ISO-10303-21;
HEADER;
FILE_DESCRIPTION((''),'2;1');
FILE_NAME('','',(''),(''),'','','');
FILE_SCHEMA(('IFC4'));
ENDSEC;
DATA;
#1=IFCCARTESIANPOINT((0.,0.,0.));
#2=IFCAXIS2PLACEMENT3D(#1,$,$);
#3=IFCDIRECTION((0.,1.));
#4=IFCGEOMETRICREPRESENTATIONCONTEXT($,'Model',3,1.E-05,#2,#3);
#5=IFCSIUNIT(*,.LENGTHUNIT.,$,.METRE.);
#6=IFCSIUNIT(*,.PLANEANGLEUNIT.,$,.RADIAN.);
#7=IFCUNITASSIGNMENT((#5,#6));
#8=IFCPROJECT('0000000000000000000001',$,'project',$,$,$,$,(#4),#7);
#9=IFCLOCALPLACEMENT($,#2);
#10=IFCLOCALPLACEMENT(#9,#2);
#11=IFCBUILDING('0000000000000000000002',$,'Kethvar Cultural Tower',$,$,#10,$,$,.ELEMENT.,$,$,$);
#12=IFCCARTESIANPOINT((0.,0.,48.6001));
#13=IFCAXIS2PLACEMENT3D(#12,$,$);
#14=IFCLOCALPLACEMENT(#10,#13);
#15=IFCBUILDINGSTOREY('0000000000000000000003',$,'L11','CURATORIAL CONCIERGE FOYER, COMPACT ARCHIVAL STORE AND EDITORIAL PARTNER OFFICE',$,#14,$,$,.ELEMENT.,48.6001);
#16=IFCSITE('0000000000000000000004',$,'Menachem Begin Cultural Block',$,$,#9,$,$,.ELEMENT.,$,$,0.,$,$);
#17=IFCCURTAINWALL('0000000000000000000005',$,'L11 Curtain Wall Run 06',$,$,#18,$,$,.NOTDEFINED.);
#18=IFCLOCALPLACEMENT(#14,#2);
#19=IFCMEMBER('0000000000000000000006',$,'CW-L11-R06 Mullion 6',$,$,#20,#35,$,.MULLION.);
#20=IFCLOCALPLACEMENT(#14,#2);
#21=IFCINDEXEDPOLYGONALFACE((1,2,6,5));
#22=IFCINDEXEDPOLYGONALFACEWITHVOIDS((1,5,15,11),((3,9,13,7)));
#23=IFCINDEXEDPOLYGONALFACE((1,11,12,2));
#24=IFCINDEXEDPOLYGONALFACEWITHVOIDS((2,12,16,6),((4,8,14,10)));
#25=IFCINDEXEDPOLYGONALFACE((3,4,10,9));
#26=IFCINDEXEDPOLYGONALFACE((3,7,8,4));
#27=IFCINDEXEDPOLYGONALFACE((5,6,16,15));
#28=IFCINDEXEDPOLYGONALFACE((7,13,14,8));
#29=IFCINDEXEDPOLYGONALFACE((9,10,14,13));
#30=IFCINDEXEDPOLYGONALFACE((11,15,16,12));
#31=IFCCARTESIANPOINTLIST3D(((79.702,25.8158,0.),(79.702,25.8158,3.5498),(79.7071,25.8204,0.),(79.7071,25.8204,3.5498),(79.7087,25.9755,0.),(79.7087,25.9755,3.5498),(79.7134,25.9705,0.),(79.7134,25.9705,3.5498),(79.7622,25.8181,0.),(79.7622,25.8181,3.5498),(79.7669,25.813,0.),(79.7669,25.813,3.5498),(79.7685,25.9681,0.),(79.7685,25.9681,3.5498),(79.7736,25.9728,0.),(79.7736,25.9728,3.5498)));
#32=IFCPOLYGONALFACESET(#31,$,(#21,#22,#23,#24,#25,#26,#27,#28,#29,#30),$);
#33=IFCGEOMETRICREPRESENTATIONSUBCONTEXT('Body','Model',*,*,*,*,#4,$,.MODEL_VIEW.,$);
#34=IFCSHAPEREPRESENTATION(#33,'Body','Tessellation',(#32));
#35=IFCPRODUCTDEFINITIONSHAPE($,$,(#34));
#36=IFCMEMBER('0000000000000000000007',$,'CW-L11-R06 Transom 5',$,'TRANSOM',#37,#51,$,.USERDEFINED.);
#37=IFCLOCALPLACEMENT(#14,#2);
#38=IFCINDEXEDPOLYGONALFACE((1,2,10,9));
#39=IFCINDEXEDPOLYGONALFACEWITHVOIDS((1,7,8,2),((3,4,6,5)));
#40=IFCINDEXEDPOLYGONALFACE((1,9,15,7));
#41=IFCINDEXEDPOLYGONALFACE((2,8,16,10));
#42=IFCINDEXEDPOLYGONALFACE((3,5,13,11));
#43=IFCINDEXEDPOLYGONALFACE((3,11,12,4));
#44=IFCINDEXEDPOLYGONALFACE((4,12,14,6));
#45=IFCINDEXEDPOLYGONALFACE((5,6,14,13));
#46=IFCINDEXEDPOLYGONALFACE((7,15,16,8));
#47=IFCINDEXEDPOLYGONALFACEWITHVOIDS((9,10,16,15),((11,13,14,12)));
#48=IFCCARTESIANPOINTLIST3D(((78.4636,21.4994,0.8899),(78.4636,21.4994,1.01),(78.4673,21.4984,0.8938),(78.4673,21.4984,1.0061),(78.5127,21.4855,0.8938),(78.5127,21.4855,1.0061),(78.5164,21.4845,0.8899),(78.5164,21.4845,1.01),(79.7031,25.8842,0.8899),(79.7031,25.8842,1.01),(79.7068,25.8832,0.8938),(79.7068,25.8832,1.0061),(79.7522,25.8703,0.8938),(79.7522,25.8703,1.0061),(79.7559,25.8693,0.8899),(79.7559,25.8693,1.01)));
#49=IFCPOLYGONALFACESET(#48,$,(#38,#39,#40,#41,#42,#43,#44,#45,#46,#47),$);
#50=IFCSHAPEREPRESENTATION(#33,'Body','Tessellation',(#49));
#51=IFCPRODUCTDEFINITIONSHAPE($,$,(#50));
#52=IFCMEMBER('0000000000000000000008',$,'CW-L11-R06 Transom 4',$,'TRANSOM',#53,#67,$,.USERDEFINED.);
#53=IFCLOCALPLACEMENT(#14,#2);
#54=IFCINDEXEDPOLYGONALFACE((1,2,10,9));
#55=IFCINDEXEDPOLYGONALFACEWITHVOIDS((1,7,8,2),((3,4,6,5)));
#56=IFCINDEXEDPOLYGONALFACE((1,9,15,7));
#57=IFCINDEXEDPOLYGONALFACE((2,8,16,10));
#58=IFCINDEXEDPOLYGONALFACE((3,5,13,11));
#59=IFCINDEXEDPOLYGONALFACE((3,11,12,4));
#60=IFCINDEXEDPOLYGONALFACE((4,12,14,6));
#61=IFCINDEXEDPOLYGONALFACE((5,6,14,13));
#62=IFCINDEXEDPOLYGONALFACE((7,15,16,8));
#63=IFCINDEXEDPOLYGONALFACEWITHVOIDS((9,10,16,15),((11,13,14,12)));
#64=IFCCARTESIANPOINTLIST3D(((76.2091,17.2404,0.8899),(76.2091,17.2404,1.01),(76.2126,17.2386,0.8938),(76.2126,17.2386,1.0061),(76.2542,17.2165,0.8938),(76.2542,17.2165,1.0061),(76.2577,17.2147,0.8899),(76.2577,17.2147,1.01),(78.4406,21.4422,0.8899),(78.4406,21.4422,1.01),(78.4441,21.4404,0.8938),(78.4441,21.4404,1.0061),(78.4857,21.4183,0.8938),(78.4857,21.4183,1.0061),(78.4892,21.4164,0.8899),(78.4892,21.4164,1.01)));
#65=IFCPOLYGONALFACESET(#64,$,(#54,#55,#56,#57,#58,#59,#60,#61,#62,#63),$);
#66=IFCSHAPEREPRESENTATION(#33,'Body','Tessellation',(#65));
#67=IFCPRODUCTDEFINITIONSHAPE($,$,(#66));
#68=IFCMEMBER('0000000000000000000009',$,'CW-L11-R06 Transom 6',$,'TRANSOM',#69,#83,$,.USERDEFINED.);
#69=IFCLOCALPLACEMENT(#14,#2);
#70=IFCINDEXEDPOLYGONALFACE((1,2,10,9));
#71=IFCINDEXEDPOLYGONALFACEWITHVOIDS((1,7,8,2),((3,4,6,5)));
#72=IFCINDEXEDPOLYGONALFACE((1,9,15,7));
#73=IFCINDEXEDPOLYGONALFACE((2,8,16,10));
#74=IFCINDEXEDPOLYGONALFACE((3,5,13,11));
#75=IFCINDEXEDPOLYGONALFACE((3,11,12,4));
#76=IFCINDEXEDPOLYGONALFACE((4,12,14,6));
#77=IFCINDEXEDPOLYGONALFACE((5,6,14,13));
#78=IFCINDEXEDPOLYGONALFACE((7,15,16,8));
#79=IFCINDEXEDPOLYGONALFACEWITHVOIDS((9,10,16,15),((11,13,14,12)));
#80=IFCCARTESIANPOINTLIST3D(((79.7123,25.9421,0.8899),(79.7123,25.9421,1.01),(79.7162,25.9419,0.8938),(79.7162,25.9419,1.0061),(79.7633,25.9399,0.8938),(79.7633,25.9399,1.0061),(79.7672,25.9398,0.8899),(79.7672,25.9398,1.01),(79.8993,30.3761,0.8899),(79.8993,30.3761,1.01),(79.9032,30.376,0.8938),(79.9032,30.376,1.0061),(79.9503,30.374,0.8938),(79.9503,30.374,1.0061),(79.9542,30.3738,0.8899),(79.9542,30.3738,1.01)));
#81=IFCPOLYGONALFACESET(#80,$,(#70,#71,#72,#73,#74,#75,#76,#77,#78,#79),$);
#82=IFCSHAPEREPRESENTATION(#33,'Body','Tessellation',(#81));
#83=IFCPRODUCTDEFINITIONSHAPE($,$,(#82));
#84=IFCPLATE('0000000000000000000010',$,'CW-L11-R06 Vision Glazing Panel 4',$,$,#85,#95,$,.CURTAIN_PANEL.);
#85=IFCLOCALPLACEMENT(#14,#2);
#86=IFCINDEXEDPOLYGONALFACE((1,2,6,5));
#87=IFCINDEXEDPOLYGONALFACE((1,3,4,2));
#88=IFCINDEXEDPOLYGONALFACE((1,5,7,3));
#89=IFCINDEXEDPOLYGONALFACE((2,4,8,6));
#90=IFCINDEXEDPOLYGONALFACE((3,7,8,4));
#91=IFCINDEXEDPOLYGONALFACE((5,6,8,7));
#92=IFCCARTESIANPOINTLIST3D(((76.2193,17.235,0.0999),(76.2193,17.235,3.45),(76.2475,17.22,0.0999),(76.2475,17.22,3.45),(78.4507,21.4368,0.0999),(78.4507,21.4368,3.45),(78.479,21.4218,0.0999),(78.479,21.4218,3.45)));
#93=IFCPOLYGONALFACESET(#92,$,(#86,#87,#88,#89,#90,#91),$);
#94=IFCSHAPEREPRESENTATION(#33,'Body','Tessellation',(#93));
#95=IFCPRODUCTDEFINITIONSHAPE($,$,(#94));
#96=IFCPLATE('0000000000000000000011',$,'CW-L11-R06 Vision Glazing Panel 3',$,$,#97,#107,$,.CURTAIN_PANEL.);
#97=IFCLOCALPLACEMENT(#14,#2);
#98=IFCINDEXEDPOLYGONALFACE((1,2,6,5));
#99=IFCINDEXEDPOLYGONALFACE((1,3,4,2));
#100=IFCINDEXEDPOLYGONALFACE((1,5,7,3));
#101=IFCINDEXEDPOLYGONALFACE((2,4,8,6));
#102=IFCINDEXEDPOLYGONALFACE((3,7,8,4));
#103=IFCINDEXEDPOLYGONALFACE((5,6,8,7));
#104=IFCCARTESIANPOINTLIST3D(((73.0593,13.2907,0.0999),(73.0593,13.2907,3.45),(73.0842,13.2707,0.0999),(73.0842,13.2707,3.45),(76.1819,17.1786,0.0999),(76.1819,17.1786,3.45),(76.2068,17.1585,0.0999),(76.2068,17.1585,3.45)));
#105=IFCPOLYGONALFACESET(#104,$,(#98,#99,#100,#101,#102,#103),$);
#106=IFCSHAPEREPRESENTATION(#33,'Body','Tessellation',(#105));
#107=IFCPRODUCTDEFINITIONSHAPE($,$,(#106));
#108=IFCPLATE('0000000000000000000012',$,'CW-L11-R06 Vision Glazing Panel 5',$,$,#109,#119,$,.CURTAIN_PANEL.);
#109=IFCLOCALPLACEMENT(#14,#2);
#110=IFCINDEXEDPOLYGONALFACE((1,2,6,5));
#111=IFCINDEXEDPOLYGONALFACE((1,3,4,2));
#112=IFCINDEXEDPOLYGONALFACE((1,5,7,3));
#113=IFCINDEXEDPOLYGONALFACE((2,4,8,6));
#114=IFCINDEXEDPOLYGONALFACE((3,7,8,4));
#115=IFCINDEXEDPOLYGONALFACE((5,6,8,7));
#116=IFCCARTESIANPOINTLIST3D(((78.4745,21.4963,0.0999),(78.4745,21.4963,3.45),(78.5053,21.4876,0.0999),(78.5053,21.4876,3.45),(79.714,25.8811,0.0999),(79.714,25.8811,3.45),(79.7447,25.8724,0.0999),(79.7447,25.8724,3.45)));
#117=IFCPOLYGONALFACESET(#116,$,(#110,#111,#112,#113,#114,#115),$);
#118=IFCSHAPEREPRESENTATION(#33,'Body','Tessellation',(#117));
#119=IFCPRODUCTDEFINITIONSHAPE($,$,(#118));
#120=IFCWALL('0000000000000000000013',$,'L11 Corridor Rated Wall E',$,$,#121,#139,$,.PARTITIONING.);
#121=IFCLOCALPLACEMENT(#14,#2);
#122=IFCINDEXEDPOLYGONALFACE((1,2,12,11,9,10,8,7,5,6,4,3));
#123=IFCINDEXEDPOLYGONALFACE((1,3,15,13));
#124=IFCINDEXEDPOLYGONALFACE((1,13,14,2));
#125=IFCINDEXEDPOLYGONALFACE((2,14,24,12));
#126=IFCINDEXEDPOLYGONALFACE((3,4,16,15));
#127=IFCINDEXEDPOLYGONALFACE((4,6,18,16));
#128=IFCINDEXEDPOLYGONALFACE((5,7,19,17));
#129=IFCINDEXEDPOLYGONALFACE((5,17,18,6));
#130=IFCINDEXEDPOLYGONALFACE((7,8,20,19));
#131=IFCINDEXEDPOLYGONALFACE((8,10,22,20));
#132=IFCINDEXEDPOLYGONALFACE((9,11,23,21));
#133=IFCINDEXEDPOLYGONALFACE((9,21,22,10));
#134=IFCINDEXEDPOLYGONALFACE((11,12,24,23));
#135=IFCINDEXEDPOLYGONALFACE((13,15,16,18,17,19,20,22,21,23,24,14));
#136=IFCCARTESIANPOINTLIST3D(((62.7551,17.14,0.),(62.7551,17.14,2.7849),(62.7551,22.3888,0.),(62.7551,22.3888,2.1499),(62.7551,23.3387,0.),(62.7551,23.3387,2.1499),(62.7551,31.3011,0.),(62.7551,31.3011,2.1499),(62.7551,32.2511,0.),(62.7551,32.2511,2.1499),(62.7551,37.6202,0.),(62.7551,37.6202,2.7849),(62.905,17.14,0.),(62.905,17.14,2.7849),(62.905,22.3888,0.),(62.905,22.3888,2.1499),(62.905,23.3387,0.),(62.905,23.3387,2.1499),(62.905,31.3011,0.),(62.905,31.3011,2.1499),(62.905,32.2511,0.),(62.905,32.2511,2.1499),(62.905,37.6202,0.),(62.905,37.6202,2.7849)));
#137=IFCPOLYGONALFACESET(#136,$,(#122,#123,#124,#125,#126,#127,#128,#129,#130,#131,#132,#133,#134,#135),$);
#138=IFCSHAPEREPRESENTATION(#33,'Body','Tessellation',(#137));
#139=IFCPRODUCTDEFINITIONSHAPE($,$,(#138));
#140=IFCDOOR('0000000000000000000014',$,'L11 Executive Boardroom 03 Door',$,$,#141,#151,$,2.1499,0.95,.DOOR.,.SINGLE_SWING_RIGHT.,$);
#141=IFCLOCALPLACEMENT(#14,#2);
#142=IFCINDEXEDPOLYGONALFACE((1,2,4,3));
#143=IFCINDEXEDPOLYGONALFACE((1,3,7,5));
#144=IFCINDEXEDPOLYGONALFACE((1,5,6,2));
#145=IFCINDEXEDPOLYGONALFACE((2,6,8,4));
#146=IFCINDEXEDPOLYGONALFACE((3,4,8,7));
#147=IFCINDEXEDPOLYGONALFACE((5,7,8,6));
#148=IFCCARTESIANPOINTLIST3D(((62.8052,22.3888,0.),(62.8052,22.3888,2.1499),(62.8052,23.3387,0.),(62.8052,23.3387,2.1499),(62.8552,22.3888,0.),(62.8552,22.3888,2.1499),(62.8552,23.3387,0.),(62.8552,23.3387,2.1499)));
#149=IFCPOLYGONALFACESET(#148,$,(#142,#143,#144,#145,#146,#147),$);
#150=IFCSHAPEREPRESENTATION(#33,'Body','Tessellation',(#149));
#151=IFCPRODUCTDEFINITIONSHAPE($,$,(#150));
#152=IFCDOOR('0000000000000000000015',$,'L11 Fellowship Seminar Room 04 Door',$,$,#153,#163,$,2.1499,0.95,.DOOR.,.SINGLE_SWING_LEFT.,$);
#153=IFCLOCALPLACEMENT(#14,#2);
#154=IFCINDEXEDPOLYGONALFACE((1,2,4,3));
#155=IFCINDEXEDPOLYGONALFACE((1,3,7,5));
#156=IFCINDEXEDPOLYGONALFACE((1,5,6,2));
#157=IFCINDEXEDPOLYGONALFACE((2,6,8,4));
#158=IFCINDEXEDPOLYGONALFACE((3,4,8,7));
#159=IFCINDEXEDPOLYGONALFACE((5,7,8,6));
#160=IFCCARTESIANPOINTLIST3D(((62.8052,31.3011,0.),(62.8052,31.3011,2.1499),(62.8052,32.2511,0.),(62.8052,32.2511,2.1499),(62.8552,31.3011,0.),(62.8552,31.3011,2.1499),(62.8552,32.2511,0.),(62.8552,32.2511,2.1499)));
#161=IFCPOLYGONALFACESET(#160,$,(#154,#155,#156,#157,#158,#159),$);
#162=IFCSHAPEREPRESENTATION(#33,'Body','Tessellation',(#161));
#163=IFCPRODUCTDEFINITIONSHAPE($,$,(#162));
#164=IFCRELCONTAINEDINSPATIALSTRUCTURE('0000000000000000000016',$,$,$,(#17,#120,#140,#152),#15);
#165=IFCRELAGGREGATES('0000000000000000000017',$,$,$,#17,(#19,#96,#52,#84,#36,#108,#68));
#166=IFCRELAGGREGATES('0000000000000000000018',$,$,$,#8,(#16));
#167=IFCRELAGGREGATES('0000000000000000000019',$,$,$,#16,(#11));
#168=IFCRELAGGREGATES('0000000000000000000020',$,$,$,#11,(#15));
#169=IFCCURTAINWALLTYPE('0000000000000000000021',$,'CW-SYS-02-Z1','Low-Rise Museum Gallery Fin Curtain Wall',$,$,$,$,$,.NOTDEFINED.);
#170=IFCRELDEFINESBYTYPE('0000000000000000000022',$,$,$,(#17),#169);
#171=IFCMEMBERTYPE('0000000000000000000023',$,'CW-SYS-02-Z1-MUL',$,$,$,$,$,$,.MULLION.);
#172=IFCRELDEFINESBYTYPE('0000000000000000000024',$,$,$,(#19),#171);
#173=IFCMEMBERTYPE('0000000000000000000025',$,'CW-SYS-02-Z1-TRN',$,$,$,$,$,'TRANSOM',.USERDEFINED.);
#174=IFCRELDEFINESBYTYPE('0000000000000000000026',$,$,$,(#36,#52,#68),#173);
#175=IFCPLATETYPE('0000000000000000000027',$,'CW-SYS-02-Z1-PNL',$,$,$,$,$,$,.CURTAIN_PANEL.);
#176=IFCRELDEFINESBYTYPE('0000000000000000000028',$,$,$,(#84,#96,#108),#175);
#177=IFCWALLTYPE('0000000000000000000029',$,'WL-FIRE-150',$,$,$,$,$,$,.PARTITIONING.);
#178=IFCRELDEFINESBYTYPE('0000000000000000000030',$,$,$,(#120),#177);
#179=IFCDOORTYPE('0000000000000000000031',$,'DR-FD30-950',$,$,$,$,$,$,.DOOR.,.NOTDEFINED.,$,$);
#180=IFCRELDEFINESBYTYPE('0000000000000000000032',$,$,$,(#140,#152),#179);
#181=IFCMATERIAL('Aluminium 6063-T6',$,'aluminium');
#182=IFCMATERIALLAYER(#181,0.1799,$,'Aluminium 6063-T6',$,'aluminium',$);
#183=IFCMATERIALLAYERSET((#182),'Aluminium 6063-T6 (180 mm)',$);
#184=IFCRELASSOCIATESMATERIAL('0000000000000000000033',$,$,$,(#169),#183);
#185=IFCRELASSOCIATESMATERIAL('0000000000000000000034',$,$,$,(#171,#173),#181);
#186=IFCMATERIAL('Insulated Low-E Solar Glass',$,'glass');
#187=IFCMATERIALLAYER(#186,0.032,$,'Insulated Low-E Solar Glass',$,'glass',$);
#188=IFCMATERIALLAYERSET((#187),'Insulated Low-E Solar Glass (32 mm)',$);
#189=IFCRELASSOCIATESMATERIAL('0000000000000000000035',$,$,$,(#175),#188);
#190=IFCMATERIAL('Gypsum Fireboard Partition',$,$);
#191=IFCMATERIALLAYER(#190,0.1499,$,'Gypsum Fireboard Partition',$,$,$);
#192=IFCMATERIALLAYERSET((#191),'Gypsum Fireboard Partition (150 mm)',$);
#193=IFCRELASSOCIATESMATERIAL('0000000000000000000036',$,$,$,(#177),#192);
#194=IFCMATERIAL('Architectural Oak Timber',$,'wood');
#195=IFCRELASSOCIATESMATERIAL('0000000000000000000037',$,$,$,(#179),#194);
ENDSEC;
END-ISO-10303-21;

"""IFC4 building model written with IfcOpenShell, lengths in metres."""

from ifc_helpers import new_model, si_unit, direction, frame, frame_2d, origin, origin_2d, place, context, subcontext, project, spatial, rectangle, hollow_rectangle, extrude, source, transform, mapped, material, layer, layer_set, material_profile, profile_set, type_object, element, fill, aggregate, save


model = new_model("IFC4")

# Units and contexts
model_context = context("Model", 3, precision=1e-05, world=origin(), true_north=direction((0.0, 1.0)))
body_context = subcontext(model_context, "Body", "Model", "MODEL_VIEW")
ifc_project = project(units=[si_unit("LENGTHUNIT", "METRE"), si_unit("PLANEANGLEUNIT", "RADIAN")], contexts=[model_context])

# Site, building, storey
site_placement = place(None, origin())
site = spatial("IfcSite", under=ifc_project, at=site_placement, Name="Menachem Begin Cultural Block", CompositionType="ELEMENT", RefElevation=0.0)
building_placement = place(site_placement, origin())
building = spatial("IfcBuilding", under=site, at=building_placement, Name="Kethvar Cultural Tower", CompositionType="ELEMENT")
storey_placement = place(building_placement, frame((0.0, 0.0, 48.6001)))
storey = spatial("IfcBuildingStorey", under=building, at=storey_placement, Name="L11", Description="CURATORIAL CONCIERGE FOYER, COMPACT ARCHIVAL STORE AND EDITORIAL PARTNER OFFICE", CompositionType="ELEMENT", Elevation=48.6001)

# Curtain wall, members, plates
ifc_material_1 = material(Name="Aluminium 6063-T6", Category="aluminium")
ifc_layer_1 = layer(ifc_material_1, 0.1799, Name="Aluminium 6063-T6", Category="aluminium")
ifc_layer_set_1 = layer_set([ifc_layer_1], Name="Aluminium 6063-T6 (180 mm)")
curtain_wall_type = type_object("IfcCurtainWallType", Name="CW-SYS-02-Z1", Description="Low-Rise Museum Gallery Fin Curtain Wall", PredefinedType="NOTDEFINED", material=ifc_layer_set_1)
curtain_wall_placement = place(storey_placement, origin())
curtain_wall = element("IfcCurtainWall", 1, at=curtain_wall_placement, inside=storey, type_object=curtain_wall_type, Name="L11 Curtain Wall Run 06", PredefinedType="NOTDEFINED")
ifc_material_profile_1 = material_profile(ifc_material_1, hollow_rectangle(XDim=0.0649, YDim=0.1599, WallThickness=0.0049, at=origin_2d()), Name="Aluminium 6063-T6 — RHS160x65x5")
ifc_profile_set_1 = profile_set([ifc_material_profile_1], Name="Aluminium 6063-T6 — RHS160x65x5")
member_type_1 = type_object("IfcMemberType", Name="CW-SYS-02-Z1-MUL", PredefinedType="MULLION", material=ifc_profile_set_1)
shared_shape_1 = source(origin(), body_context, "Body", "SweptSolid", [
    extrude(hollow_rectangle(XDim=0.0649, YDim=0.1599, WallThickness=0.0049, at=origin_2d()), origin(), (0.0, 0.0, 1.0), 3.5498),
])
member_1_placement = place(storey_placement, frame((79.7378, 25.8943, 0.0), z_axis=(0.0, 0.0, 1.0), x_axis=(-0.99911, 0.042172, 0.0)))
member_1 = element("IfcMember", 2, at=member_1_placement, type_object=member_type_1, Name="CW-L11-R06 Mullion 6", PredefinedType="MULLION", context=body_context, shape_type="MappedRepresentation", body=[
    mapped(shared_shape_1, transform((0.0, 0.0, 0.0), scale=1.0)),
])
ifc_material_profile_2 = material_profile(ifc_material_1, hollow_rectangle(XDim=0.0549, YDim=0.1201, WallThickness=0.0039, at=origin_2d()), Name="Aluminium 6063-T6 — RHS120x55x4")
ifc_profile_set_2 = profile_set([ifc_material_profile_2], Name="Aluminium 6063-T6 — RHS120x55x4")
member_type_2 = type_object("IfcMemberType", Name="CW-SYS-02-Z1-TRN", ElementType="TRANSOM", PredefinedType="USERDEFINED", material=ifc_profile_set_2)
shared_shape_2 = source(origin(), body_context, "Body", "SweptSolid", [
    extrude(hollow_rectangle(XDim=0.0549, YDim=0.1201, WallThickness=0.0039, at=origin_2d()), origin(), (0.0, 0.0, 1.0), 4.5566),
])
member_2_placement = place(storey_placement, frame((78.49, 21.4919, 0.95), z_axis=(0.272024, 0.962291, 0.0), x_axis=(-0.962291, 0.272024, 0.0)))
member_2 = element("IfcMember", 3, at=member_2_placement, type_object=member_type_2, Name="CW-L11-R06 Transom 5", ObjectType="TRANSOM", PredefinedType="USERDEFINED", context=body_context, shape_type="MappedRepresentation", body=[
    mapped(shared_shape_2, transform((0.0, 0.0, 0.0), scale=1.0)),
])
shared_shape_3 = source(origin(), body_context, "Body", "SweptSolid", [
    extrude(hollow_rectangle(XDim=0.0549, YDim=0.1201, WallThickness=0.0039, at=origin_2d()), origin(), (0.0, 0.0, 1.0), 4.7576),
])
member_3_placement = place(storey_placement, frame((76.2334, 17.2275, 0.95), z_axis=(0.469043, 0.883176, 0.0), x_axis=(-0.883176, 0.469043, 0.0)))
member_3 = element("IfcMember", 4, at=member_3_placement, type_object=member_type_2, Name="CW-L11-R06 Transom 4", ObjectType="TRANSOM", PredefinedType="USERDEFINED", context=body_context, shape_type="MappedRepresentation", body=[
    mapped(shared_shape_3, transform((0.0, 0.0, 0.0), scale=1.0)),
])
shared_shape_4 = source(origin(), body_context, "Body", "SweptSolid", [
    extrude(hollow_rectangle(XDim=0.0549, YDim=0.1201, WallThickness=0.0039, at=origin_2d()), origin(), (0.0, 0.0, 1.0), 4.438),
])
member_4_placement = place(storey_placement, frame((79.7397, 25.9409, 0.95), z_axis=(0.042139, 0.999112, 0.0), x_axis=(-0.999112, 0.042139, 0.0)))
member_4 = element("IfcMember", 5, at=member_4_placement, type_object=member_type_2, Name="CW-L11-R06 Transom 6", ObjectType="TRANSOM", PredefinedType="USERDEFINED", context=body_context, shape_type="MappedRepresentation", body=[
    mapped(shared_shape_4, transform((0.0, 0.0, 0.0), scale=1.0)),
])
ifc_material_2 = material(Name="Insulated Low-E Solar Glass", Category="glass")
ifc_layer_2 = layer(ifc_material_2, 0.032, Name="Insulated Low-E Solar Glass", Category="glass")
ifc_layer_set_2 = layer_set([ifc_layer_2], Name="Insulated Low-E Solar Glass (32 mm)")
plate_type = type_object("IfcPlateType", Name="CW-SYS-02-Z1-PNL", PredefinedType="CURTAIN_PANEL", material=ifc_layer_set_2)
shared_shape_5 = source(origin(), body_context, "Body", "SweptSolid", [
    extrude(rectangle(XDim=4.7576, YDim=0.032, at=origin_2d()), origin(), (0.0, 0.0, 1.0), 3.3501),
])
plate_1_placement = place(storey_placement, frame((77.3491, 19.3284, 0.0999), z_axis=(0.0, 0.0, 1.0), x_axis=(0.46904, 0.883177, 0.0)))
plate_1 = element("IfcPlate", 6, at=plate_1_placement, type_object=plate_type, Name="CW-L11-R06 Vision Glazing Panel 4", PredefinedType="CURTAIN_PANEL", context=body_context, shape_type="MappedRepresentation", body=[
    mapped(shared_shape_5, transform((0.0, 0.0, 0.0), scale=1.0)),
])
shared_shape_6 = source(origin(), body_context, "Body", "SweptSolid", [
    extrude(rectangle(XDim=4.9866, YDim=0.032, at=origin_2d()), origin(), (0.0, 0.0, 1.0), 3.3501),
])
plate_2_placement = place(storey_placement, frame((74.6331, 15.2246, 0.0999), z_axis=(0.0, 0.0, 1.0), x_axis=(0.626196, 0.779666, 0.0)))
plate_2 = element("IfcPlate", 7, at=plate_2_placement, type_object=plate_type, Name="CW-L11-R06 Vision Glazing Panel 3", PredefinedType="CURTAIN_PANEL", context=body_context, shape_type="MappedRepresentation", body=[
    mapped(shared_shape_6, transform((0.0, 0.0, 0.0), scale=1.0)),
])
shared_shape_7 = source(origin(), body_context, "Body", "SweptSolid", [
    extrude(rectangle(XDim=4.5566, YDim=0.032, at=origin_2d()), origin(), (0.0, 0.0, 1.0), 3.3501),
])
plate_3_placement = place(storey_placement, frame((79.1096, 23.6843, 0.0999), z_axis=(0.0, 0.0, 1.0), x_axis=(0.272012, 0.962294, 0.0)))
plate_3 = element("IfcPlate", 8, at=plate_3_placement, type_object=plate_type, Name="CW-L11-R06 Vision Glazing Panel 5", PredefinedType="CURTAIN_PANEL", context=body_context, shape_type="MappedRepresentation", body=[
    mapped(shared_shape_7, transform((0.0, 0.0, 0.0), scale=1.0)),
])
aggregate(curtain_wall, [member_1, plate_2, member_3, plate_1, member_2, plate_3, member_4])

# Wall, openings, doors
ifc_material_3 = material(Name="Gypsum Fireboard Partition")
ifc_layer_3 = layer(ifc_material_3, 0.1499, Name="Gypsum Fireboard Partition")
ifc_layer_set_3 = layer_set([ifc_layer_3], Name="Gypsum Fireboard Partition (150 mm)")
wall_type_1 = type_object("IfcWallType", Name="WL-FIRE-150", PredefinedType="PARTITIONING", material=ifc_layer_set_3)
wall_1_placement = place(storey_placement, frame((62.8301, 17.1399, 0.0), z_axis=(0.0, 0.0, 1.0), x_axis=(0.0, 1.0, 0.0)))
wall_1 = element("IfcWall", 9, at=wall_1_placement, inside=storey, type_object=wall_type_1, Name="L11 Corridor Rated Wall E", PredefinedType="PARTITIONING", context=body_context, shape_type="SweptSolid", body=[
    extrude(rectangle(XDim=20.4802, YDim=0.1499, at=frame_2d((10.2402, 0.0))), origin(), (0.0, 0.0, 1.0), 2.7849),
])
opening_1_placement = place(wall_1_placement, frame((5.2488, 0.0, 0.0)))
opening_1 = element("IfcOpeningElement", 10, at=opening_1_placement, cuts=wall_1, PredefinedType="OPENING", context=body_context, shape_type="SweptSolid", body=[
    extrude(rectangle(XDim=0.95, YDim=2.1499, at=frame_2d((0.4751, 1.075))), frame((0.0, 0.085, 0.0), z_axis=(0.0, -1.0, 0.0), x_axis=(1.0, 0.0, 0.0)), (0.0, 0.0, 1.0), 0.1699),
])
opening_2_placement = place(wall_1_placement, frame((14.1611, 0.0, 0.0)))
opening_2 = element("IfcOpeningElement", 11, at=opening_2_placement, cuts=wall_1, PredefinedType="OPENING", context=body_context, shape_type="SweptSolid", body=[
    extrude(rectangle(XDim=0.95, YDim=2.1499, at=frame_2d((0.4751, 1.075))), frame((0.0, 0.085, 0.0), z_axis=(0.0, -1.0, 0.0), x_axis=(1.0, 0.0, 0.0)), (0.0, 0.0, 1.0), 0.1699),
])
ifc_material_4 = material(Name="Architectural Oak Timber", Category="wood")
door_type_1 = type_object("IfcDoorType", Name="DR-FD30-950", OperationType="NOTDEFINED", PredefinedType="DOOR", material=ifc_material_4)
shared_shape_8 = source(origin(), body_context, "Body", "SweptSolid", [
    extrude(rectangle(XDim=0.95, YDim=2.1499, at=frame_2d((0.4751, 1.075))), frame((0.0, 0.0249, 0.0), z_axis=(0.0, -1.0, 0.0), x_axis=(1.0, 0.0, 0.0)), (0.0, 0.0, 1.0), 0.05),
])
door_1_placement = place(opening_1_placement, origin())
door_1 = element("IfcDoor", 12, at=door_1_placement, inside=storey, type_object=door_type_1, Name="L11 Executive Boardroom 03 Door", OperationType="SINGLE_SWING_RIGHT", OverallHeight=2.1499, OverallWidth=0.95, PredefinedType="DOOR", context=body_context, shape_type="MappedRepresentation", body=[
    mapped(shared_shape_8, transform((0.0, 0.0, 0.0), scale=1.0)),
])
fill(opening_1, door_1)
door_2_placement = place(opening_2_placement, origin())
door_2 = element("IfcDoor", 13, at=door_2_placement, inside=storey, type_object=door_type_1, Name="L11 Fellowship Seminar Room 04 Door", OperationType="SINGLE_SWING_LEFT", OverallHeight=2.1499, OverallWidth=0.95, PredefinedType="DOOR", context=body_context, shape_type="MappedRepresentation", body=[
    mapped(shared_shape_8, transform((0.0, 0.0, 0.0), scale=1.0)),
])
fill(opening_2, door_2)

save(model, "model.ifc")
